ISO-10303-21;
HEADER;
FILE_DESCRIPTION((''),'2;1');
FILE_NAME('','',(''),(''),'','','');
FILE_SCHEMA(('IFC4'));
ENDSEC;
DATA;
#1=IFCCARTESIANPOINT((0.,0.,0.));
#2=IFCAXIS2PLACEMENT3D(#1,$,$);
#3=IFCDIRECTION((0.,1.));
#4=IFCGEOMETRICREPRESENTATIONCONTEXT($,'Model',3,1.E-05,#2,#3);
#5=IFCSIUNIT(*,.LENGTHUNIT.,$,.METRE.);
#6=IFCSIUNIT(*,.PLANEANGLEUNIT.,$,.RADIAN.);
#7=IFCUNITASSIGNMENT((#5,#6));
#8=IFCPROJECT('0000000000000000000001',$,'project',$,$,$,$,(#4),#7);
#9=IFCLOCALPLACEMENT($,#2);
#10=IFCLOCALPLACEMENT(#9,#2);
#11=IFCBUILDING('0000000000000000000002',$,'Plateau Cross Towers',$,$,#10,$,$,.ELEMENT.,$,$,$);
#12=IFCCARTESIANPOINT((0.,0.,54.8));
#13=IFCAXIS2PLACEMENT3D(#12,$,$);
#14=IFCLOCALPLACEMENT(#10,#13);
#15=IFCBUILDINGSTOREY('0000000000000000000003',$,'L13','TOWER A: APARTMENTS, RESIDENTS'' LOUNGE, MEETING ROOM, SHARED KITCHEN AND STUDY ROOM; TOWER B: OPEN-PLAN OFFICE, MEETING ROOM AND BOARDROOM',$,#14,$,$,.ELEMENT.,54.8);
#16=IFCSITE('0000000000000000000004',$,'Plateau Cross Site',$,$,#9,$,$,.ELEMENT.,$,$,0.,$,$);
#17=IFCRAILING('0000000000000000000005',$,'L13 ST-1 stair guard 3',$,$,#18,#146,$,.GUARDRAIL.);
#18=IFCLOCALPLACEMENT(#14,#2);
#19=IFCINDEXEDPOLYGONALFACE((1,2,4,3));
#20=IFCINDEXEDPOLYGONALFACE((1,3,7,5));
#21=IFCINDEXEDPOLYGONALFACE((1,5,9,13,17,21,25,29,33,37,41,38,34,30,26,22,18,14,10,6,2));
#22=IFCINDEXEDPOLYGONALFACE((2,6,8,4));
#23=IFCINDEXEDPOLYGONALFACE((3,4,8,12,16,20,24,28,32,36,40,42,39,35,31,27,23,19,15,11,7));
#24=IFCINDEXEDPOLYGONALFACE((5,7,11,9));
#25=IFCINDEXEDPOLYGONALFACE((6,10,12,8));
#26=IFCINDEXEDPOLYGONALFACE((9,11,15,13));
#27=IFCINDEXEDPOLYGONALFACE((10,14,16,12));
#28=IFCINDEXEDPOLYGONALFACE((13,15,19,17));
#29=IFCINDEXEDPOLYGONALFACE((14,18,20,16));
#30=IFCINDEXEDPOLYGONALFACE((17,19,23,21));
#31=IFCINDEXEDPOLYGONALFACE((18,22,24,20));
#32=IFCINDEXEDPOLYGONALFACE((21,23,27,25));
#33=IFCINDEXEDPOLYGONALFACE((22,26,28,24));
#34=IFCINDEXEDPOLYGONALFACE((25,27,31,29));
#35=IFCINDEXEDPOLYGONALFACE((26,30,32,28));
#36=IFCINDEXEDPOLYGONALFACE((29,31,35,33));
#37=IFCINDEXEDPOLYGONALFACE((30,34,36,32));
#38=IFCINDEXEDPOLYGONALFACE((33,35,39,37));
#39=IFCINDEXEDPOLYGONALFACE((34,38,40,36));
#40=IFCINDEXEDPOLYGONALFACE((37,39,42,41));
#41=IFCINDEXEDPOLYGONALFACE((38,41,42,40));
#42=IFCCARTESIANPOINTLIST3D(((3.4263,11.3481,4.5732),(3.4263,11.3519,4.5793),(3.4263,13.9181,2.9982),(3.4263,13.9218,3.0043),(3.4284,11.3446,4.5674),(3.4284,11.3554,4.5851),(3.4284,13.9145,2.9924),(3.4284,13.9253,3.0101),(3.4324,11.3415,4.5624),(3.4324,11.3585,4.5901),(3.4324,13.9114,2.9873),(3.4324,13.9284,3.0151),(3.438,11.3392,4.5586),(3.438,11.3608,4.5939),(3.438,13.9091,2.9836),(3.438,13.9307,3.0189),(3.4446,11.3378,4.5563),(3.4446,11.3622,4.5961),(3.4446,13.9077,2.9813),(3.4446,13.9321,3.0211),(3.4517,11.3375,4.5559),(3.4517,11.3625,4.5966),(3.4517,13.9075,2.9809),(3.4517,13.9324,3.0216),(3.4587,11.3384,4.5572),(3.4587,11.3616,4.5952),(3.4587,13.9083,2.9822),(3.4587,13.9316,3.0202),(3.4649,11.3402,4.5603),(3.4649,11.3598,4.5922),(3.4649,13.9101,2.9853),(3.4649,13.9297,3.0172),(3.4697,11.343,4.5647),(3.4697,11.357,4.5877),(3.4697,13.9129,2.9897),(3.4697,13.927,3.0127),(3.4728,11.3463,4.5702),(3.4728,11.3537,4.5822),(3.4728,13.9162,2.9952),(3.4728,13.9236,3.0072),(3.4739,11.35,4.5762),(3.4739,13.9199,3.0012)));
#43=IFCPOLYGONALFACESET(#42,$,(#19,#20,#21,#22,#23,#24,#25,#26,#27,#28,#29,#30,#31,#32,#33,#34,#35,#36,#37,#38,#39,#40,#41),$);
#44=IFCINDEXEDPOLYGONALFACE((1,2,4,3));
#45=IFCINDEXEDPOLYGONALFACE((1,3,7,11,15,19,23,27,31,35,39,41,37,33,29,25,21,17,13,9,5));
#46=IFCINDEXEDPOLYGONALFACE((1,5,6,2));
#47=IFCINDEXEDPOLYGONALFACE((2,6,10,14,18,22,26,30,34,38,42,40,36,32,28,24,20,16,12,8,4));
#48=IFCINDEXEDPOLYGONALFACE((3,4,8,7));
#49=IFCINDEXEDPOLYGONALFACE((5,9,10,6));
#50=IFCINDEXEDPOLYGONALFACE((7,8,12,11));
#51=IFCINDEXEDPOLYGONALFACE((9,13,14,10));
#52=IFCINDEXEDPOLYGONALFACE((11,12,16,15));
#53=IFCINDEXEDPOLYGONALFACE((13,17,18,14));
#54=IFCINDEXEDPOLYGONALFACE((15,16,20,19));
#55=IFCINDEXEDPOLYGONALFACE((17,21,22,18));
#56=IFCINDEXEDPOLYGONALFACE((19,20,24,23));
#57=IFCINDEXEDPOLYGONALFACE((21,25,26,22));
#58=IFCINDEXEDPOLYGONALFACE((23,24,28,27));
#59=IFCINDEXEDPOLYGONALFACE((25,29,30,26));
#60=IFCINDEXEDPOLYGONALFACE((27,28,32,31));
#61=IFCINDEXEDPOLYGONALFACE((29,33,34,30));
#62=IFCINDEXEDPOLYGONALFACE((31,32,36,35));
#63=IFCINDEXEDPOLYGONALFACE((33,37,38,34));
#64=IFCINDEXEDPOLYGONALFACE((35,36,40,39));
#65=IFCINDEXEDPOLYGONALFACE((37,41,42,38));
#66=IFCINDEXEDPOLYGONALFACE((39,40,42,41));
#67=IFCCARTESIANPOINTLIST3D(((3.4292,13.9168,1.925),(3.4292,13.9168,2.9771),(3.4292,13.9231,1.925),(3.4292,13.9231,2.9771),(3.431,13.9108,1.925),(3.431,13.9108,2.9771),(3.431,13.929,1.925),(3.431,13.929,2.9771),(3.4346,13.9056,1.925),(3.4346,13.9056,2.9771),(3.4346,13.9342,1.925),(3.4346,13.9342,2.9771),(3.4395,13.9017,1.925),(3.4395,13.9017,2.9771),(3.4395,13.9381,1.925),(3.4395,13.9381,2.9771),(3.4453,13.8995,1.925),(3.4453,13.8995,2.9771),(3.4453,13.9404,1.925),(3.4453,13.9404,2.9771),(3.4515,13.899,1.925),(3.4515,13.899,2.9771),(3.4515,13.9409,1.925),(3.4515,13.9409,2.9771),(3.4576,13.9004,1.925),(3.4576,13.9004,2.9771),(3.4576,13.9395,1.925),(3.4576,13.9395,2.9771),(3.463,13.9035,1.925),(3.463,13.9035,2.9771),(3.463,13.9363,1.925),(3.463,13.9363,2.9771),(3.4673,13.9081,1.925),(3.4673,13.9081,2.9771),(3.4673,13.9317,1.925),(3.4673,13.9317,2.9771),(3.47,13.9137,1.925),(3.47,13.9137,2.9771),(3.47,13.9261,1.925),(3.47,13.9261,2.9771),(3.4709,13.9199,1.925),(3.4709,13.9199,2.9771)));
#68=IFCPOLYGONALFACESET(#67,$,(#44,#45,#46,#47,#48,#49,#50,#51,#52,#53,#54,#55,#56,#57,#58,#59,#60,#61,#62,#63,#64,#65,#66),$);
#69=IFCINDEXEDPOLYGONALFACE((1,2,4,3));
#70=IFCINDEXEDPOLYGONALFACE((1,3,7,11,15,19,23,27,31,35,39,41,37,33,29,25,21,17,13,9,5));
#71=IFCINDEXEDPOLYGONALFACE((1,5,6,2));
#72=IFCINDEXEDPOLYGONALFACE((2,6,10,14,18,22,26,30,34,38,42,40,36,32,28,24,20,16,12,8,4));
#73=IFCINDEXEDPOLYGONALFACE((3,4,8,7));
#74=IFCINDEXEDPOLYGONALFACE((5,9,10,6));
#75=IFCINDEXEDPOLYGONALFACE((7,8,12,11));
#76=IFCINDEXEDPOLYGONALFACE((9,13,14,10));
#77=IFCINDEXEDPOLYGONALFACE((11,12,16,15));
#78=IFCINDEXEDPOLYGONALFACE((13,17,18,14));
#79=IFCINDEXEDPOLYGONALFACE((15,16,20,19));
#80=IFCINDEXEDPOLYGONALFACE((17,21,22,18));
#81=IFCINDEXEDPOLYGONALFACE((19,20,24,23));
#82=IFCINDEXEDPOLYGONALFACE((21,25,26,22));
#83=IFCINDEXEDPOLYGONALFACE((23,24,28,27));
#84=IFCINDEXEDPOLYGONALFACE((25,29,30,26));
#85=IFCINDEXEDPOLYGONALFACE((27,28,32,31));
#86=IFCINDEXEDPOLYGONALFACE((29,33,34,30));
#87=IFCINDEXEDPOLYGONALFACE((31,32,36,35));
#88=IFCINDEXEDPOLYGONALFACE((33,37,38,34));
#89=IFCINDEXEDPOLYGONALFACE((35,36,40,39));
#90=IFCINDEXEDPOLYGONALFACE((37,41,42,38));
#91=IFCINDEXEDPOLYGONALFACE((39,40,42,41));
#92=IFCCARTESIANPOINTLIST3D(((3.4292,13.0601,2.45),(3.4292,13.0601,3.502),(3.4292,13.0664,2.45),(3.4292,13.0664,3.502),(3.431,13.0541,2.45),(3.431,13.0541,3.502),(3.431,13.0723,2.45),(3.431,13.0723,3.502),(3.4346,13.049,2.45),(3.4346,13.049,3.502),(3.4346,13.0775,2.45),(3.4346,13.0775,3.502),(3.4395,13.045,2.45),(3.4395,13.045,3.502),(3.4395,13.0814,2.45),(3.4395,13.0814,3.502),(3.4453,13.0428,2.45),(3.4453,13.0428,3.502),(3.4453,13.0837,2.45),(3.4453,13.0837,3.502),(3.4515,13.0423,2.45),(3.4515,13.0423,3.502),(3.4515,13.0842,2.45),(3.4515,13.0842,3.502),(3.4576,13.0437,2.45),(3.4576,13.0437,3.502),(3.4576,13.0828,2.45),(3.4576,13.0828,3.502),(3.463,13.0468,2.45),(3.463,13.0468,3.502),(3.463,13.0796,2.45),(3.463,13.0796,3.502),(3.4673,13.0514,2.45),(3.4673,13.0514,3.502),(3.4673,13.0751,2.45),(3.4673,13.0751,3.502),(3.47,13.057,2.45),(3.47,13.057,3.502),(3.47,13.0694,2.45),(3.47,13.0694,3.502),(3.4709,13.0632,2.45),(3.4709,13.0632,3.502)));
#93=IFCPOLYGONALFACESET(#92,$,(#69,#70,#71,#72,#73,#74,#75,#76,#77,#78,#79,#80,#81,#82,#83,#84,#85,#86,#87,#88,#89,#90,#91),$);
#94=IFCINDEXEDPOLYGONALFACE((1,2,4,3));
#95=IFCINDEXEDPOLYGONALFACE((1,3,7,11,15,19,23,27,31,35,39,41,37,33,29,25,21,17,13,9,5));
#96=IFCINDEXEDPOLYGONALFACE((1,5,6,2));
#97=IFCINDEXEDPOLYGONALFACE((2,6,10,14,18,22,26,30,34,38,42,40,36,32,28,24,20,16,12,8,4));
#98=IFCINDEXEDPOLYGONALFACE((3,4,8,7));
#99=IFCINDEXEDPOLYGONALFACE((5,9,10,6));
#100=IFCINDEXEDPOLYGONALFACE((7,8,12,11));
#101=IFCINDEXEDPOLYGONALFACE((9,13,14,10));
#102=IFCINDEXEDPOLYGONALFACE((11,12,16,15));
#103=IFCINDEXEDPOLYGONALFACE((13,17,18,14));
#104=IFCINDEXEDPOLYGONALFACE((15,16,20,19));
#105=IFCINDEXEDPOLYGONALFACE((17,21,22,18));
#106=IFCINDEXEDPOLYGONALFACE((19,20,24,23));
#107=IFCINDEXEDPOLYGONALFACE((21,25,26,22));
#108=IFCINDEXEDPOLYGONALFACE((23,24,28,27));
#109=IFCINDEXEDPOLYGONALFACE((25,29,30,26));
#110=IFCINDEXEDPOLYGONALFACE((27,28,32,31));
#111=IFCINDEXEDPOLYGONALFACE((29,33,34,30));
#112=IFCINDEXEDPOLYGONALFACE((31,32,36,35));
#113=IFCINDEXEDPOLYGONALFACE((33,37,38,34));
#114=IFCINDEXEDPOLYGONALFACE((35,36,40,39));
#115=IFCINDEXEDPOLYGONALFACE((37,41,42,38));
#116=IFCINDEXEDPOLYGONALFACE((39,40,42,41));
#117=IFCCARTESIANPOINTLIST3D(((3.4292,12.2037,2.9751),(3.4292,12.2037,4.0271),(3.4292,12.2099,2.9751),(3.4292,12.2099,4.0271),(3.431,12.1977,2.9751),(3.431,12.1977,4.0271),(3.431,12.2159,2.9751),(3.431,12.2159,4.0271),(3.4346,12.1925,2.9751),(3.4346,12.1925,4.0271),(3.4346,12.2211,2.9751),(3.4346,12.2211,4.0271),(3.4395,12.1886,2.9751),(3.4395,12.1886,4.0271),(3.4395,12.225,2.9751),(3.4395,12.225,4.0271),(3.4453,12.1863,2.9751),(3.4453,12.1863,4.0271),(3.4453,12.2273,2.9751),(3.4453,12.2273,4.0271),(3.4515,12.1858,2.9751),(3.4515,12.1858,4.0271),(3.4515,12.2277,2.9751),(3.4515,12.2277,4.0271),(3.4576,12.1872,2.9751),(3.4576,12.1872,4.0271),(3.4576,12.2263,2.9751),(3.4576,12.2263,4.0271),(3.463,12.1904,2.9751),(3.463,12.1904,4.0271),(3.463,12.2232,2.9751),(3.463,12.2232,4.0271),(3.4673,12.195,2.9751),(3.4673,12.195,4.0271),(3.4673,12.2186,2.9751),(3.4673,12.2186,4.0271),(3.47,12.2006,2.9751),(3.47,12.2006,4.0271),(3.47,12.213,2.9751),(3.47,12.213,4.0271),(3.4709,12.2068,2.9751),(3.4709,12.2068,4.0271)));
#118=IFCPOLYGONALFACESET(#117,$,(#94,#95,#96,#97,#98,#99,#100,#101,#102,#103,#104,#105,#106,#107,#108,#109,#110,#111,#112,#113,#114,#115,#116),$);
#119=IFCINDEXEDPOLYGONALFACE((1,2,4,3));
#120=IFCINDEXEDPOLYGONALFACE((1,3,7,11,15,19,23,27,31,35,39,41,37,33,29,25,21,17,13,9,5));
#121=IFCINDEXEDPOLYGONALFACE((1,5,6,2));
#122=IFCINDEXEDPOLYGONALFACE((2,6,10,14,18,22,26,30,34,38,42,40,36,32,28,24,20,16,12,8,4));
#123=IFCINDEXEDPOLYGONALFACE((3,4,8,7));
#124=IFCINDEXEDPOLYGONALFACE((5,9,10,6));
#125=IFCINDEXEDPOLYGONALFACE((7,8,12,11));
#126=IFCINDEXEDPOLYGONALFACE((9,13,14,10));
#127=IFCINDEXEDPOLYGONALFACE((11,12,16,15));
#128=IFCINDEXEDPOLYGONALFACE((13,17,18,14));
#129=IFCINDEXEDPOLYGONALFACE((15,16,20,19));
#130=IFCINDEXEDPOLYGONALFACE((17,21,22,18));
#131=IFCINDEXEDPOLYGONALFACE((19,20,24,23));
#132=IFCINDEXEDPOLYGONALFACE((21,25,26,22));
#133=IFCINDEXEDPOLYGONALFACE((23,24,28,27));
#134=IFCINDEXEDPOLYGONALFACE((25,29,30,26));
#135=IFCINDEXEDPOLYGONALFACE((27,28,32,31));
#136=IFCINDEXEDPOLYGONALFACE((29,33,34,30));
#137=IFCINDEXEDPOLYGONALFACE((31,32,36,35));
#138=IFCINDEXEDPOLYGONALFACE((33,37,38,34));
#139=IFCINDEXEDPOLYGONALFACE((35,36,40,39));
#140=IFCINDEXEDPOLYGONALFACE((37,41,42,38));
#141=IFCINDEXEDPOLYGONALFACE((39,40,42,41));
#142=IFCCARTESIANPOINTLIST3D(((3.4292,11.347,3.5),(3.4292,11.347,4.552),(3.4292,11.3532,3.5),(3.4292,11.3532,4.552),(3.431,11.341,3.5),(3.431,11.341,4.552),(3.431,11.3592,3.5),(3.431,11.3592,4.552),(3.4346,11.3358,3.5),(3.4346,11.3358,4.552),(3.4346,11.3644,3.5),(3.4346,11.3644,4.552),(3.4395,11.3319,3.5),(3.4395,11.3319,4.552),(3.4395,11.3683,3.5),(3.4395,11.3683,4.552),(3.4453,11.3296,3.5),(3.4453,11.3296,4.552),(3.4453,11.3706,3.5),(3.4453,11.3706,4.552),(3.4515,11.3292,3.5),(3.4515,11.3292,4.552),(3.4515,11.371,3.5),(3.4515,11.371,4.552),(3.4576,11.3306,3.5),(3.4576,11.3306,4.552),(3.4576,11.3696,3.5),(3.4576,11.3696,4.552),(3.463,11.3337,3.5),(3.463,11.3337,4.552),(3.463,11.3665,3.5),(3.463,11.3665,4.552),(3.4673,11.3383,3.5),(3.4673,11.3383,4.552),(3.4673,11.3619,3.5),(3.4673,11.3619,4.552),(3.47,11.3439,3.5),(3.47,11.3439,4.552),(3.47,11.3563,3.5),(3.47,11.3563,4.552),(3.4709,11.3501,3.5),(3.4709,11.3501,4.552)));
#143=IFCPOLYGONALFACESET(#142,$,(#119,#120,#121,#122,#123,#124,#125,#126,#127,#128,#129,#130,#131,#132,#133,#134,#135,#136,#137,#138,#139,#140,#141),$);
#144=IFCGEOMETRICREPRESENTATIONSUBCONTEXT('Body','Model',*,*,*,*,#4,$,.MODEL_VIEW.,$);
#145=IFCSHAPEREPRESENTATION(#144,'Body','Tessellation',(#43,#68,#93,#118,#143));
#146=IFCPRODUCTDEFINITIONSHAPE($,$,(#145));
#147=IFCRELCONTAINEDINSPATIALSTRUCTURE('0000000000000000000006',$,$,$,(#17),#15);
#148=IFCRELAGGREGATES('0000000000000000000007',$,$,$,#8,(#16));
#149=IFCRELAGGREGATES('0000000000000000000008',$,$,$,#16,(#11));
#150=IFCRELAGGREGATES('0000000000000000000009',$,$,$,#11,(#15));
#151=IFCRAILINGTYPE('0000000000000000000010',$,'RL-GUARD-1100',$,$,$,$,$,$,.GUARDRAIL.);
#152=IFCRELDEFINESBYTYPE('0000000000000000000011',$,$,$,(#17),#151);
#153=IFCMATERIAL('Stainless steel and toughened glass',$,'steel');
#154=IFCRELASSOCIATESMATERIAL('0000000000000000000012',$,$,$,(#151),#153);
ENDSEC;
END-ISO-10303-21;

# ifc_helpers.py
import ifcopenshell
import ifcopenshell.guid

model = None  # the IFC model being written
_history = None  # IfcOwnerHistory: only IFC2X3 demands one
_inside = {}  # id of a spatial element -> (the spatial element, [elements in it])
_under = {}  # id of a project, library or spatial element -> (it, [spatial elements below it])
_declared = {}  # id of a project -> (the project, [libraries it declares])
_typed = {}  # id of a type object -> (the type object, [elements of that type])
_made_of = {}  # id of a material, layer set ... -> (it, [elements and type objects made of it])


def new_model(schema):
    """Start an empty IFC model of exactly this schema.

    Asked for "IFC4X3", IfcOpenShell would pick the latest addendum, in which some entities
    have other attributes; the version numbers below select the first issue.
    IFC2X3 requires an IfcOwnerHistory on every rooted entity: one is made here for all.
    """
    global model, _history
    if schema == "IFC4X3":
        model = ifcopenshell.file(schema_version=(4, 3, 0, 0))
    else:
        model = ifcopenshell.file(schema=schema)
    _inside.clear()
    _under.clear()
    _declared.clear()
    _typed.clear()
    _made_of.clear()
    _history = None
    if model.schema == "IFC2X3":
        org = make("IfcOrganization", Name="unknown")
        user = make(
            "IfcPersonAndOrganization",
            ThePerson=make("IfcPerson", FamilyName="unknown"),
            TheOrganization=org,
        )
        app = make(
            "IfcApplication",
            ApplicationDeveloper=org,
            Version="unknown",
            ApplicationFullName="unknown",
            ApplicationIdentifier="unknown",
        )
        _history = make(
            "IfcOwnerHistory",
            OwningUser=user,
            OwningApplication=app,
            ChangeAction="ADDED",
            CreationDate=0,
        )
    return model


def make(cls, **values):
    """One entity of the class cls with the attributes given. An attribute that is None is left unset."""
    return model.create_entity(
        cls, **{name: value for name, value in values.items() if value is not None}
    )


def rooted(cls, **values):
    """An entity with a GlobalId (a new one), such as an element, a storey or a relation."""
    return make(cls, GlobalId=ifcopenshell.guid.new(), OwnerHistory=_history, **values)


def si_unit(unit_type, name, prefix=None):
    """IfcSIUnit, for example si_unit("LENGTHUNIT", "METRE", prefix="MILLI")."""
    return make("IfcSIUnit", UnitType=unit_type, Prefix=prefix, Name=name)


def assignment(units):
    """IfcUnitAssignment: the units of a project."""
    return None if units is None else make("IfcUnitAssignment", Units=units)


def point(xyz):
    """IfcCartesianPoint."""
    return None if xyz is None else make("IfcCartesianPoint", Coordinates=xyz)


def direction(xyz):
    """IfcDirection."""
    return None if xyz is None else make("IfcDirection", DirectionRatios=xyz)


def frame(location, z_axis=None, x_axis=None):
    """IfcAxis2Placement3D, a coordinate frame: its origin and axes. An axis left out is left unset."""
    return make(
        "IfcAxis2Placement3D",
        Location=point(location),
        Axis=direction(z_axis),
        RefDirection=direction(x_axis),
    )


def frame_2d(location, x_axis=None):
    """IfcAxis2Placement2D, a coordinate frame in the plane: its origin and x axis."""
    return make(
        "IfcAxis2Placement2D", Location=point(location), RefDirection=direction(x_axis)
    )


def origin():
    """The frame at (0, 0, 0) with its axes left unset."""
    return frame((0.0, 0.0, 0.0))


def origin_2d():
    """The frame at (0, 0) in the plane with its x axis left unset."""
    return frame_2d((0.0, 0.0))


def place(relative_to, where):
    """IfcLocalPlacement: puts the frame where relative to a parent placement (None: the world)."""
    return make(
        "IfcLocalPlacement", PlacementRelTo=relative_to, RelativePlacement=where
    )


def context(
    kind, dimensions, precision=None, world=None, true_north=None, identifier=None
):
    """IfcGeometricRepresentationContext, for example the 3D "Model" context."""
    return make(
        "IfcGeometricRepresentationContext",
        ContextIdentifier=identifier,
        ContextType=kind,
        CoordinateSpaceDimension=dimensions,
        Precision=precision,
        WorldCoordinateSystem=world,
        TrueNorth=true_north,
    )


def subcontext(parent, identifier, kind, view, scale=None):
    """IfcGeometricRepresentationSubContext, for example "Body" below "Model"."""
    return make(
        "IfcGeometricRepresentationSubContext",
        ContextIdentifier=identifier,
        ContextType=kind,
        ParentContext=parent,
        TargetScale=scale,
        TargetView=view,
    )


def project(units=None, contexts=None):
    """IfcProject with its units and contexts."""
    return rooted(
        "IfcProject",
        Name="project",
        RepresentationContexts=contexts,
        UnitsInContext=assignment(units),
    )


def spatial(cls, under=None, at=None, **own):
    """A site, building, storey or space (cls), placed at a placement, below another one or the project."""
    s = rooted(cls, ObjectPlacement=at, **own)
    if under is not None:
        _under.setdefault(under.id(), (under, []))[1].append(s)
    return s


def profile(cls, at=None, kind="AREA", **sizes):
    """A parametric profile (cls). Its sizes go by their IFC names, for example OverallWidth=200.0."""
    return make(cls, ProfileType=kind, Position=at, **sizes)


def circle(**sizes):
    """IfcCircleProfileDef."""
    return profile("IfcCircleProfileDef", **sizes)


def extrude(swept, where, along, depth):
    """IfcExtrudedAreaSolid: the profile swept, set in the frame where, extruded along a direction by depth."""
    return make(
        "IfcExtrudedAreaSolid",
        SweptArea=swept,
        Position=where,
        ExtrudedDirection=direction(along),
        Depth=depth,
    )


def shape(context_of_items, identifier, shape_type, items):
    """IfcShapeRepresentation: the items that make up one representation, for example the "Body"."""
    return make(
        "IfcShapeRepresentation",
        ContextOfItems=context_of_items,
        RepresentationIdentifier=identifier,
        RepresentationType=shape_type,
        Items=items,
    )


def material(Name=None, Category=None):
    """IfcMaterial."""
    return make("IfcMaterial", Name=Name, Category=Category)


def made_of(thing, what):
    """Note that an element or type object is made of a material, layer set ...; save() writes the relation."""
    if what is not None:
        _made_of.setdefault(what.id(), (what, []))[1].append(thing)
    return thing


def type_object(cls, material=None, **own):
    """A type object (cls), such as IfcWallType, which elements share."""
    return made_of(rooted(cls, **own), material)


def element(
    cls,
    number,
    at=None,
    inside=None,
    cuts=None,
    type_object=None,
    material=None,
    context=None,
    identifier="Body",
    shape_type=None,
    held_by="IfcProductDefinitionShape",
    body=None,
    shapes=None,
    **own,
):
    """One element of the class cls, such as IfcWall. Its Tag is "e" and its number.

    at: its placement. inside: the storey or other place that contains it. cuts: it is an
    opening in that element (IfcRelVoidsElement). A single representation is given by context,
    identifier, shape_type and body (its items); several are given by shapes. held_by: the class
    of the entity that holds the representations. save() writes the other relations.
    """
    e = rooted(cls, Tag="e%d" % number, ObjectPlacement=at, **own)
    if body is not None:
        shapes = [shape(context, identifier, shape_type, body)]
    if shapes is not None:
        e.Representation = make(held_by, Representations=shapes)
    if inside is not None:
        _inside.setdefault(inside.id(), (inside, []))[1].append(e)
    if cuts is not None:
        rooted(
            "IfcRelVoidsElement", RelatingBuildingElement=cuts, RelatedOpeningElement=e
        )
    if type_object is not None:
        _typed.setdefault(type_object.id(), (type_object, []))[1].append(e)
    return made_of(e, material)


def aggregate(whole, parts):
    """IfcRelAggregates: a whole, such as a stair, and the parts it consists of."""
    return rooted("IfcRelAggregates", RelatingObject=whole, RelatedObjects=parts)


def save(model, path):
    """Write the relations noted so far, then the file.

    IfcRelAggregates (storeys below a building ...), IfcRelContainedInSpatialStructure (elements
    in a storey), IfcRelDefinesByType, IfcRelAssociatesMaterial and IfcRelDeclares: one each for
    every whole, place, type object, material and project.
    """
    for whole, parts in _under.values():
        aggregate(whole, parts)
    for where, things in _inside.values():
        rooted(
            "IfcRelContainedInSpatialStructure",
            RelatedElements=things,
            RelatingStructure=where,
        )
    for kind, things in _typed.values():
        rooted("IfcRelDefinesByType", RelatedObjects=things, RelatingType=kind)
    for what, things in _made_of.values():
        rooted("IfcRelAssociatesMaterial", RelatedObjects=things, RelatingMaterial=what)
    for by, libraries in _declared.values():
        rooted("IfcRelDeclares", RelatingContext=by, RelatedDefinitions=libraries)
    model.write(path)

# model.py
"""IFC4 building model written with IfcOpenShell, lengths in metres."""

from ifc_helpers import new_model, si_unit, direction, frame, origin, origin_2d, place, context, subcontext, project, spatial, circle, extrude, material, type_object, element, save


model = new_model("IFC4")

# Units and contexts
model_context = context("Model", 3, precision=1e-05, world=origin(), true_north=direction((0.0, 1.0)))
body_context = subcontext(model_context, "Body", "Model", "MODEL_VIEW")
ifc_project = project(units=[si_unit("LENGTHUNIT", "METRE"), si_unit("PLANEANGLEUNIT", "RADIAN")], contexts=[model_context])

# Site, building, storey
site_placement = place(None, origin())
site = spatial("IfcSite", under=ifc_project, at=site_placement, Name="Plateau Cross Site", CompositionType="ELEMENT", RefElevation=0.0)
building_placement = place(site_placement, origin())
building = spatial("IfcBuilding", under=site, at=building_placement, Name="Plateau Cross Towers", CompositionType="ELEMENT")
storey_placement = place(building_placement, frame((0.0, 0.0, 54.8)))
storey = spatial("IfcBuildingStorey", under=building, at=storey_placement, Name="L13", Description="TOWER A: APARTMENTS, RESIDENTS' LOUNGE, MEETING ROOM, SHARED KITCHEN AND STUDY ROOM; TOWER B: OPEN-PLAN OFFICE, MEETING ROOM AND BOARDROOM", CompositionType="ELEMENT", Elevation=54.8)

# Railing
ifc_material_1 = material(Name="Stainless steel and toughened glass", Category="steel")
railing_type_1 = type_object("IfcRailingType", Name="RL-GUARD-1100", PredefinedType="GUARDRAIL", material=ifc_material_1)
railing_1_placement = place(storey_placement, frame((3.45, 13.9199, 1.925)))
element("IfcRailing", 1, at=railing_1_placement, inside=storey, type_object=railing_type_1, Name="L13 ST-1 stair guard 3", PredefinedType="GUARDRAIL", context=body_context, shape_type="SweptSolid", body=[
    extrude(circle(Radius=0.0239, at=origin_2d()), frame((0.0, 0.0, 1.0762), z_axis=(0.0, -0.852616, 0.522537), x_axis=(1.0, 0.0, 0.0)), (0.0, 0.0, 1.0), 3.0142),
    extrude(circle(Radius=0.021, at=origin_2d()), origin(), (0.0, 0.0, 1.0), 1.052),
    extrude(circle(Radius=0.021, at=origin_2d()), frame((0.0, -0.8567, 0.5249)), (0.0, 0.0, 1.0), 1.052),
    extrude(circle(Radius=0.021, at=origin_2d()), frame((0.0, -1.7131, 1.05)), (0.0, 0.0, 1.0), 1.052),
    extrude(circle(Radius=0.021, at=origin_2d()), frame((0.0, -2.5698, 1.575)), (0.0, 0.0, 1.0), 1.052),
])

save(model, "model.ifc")
